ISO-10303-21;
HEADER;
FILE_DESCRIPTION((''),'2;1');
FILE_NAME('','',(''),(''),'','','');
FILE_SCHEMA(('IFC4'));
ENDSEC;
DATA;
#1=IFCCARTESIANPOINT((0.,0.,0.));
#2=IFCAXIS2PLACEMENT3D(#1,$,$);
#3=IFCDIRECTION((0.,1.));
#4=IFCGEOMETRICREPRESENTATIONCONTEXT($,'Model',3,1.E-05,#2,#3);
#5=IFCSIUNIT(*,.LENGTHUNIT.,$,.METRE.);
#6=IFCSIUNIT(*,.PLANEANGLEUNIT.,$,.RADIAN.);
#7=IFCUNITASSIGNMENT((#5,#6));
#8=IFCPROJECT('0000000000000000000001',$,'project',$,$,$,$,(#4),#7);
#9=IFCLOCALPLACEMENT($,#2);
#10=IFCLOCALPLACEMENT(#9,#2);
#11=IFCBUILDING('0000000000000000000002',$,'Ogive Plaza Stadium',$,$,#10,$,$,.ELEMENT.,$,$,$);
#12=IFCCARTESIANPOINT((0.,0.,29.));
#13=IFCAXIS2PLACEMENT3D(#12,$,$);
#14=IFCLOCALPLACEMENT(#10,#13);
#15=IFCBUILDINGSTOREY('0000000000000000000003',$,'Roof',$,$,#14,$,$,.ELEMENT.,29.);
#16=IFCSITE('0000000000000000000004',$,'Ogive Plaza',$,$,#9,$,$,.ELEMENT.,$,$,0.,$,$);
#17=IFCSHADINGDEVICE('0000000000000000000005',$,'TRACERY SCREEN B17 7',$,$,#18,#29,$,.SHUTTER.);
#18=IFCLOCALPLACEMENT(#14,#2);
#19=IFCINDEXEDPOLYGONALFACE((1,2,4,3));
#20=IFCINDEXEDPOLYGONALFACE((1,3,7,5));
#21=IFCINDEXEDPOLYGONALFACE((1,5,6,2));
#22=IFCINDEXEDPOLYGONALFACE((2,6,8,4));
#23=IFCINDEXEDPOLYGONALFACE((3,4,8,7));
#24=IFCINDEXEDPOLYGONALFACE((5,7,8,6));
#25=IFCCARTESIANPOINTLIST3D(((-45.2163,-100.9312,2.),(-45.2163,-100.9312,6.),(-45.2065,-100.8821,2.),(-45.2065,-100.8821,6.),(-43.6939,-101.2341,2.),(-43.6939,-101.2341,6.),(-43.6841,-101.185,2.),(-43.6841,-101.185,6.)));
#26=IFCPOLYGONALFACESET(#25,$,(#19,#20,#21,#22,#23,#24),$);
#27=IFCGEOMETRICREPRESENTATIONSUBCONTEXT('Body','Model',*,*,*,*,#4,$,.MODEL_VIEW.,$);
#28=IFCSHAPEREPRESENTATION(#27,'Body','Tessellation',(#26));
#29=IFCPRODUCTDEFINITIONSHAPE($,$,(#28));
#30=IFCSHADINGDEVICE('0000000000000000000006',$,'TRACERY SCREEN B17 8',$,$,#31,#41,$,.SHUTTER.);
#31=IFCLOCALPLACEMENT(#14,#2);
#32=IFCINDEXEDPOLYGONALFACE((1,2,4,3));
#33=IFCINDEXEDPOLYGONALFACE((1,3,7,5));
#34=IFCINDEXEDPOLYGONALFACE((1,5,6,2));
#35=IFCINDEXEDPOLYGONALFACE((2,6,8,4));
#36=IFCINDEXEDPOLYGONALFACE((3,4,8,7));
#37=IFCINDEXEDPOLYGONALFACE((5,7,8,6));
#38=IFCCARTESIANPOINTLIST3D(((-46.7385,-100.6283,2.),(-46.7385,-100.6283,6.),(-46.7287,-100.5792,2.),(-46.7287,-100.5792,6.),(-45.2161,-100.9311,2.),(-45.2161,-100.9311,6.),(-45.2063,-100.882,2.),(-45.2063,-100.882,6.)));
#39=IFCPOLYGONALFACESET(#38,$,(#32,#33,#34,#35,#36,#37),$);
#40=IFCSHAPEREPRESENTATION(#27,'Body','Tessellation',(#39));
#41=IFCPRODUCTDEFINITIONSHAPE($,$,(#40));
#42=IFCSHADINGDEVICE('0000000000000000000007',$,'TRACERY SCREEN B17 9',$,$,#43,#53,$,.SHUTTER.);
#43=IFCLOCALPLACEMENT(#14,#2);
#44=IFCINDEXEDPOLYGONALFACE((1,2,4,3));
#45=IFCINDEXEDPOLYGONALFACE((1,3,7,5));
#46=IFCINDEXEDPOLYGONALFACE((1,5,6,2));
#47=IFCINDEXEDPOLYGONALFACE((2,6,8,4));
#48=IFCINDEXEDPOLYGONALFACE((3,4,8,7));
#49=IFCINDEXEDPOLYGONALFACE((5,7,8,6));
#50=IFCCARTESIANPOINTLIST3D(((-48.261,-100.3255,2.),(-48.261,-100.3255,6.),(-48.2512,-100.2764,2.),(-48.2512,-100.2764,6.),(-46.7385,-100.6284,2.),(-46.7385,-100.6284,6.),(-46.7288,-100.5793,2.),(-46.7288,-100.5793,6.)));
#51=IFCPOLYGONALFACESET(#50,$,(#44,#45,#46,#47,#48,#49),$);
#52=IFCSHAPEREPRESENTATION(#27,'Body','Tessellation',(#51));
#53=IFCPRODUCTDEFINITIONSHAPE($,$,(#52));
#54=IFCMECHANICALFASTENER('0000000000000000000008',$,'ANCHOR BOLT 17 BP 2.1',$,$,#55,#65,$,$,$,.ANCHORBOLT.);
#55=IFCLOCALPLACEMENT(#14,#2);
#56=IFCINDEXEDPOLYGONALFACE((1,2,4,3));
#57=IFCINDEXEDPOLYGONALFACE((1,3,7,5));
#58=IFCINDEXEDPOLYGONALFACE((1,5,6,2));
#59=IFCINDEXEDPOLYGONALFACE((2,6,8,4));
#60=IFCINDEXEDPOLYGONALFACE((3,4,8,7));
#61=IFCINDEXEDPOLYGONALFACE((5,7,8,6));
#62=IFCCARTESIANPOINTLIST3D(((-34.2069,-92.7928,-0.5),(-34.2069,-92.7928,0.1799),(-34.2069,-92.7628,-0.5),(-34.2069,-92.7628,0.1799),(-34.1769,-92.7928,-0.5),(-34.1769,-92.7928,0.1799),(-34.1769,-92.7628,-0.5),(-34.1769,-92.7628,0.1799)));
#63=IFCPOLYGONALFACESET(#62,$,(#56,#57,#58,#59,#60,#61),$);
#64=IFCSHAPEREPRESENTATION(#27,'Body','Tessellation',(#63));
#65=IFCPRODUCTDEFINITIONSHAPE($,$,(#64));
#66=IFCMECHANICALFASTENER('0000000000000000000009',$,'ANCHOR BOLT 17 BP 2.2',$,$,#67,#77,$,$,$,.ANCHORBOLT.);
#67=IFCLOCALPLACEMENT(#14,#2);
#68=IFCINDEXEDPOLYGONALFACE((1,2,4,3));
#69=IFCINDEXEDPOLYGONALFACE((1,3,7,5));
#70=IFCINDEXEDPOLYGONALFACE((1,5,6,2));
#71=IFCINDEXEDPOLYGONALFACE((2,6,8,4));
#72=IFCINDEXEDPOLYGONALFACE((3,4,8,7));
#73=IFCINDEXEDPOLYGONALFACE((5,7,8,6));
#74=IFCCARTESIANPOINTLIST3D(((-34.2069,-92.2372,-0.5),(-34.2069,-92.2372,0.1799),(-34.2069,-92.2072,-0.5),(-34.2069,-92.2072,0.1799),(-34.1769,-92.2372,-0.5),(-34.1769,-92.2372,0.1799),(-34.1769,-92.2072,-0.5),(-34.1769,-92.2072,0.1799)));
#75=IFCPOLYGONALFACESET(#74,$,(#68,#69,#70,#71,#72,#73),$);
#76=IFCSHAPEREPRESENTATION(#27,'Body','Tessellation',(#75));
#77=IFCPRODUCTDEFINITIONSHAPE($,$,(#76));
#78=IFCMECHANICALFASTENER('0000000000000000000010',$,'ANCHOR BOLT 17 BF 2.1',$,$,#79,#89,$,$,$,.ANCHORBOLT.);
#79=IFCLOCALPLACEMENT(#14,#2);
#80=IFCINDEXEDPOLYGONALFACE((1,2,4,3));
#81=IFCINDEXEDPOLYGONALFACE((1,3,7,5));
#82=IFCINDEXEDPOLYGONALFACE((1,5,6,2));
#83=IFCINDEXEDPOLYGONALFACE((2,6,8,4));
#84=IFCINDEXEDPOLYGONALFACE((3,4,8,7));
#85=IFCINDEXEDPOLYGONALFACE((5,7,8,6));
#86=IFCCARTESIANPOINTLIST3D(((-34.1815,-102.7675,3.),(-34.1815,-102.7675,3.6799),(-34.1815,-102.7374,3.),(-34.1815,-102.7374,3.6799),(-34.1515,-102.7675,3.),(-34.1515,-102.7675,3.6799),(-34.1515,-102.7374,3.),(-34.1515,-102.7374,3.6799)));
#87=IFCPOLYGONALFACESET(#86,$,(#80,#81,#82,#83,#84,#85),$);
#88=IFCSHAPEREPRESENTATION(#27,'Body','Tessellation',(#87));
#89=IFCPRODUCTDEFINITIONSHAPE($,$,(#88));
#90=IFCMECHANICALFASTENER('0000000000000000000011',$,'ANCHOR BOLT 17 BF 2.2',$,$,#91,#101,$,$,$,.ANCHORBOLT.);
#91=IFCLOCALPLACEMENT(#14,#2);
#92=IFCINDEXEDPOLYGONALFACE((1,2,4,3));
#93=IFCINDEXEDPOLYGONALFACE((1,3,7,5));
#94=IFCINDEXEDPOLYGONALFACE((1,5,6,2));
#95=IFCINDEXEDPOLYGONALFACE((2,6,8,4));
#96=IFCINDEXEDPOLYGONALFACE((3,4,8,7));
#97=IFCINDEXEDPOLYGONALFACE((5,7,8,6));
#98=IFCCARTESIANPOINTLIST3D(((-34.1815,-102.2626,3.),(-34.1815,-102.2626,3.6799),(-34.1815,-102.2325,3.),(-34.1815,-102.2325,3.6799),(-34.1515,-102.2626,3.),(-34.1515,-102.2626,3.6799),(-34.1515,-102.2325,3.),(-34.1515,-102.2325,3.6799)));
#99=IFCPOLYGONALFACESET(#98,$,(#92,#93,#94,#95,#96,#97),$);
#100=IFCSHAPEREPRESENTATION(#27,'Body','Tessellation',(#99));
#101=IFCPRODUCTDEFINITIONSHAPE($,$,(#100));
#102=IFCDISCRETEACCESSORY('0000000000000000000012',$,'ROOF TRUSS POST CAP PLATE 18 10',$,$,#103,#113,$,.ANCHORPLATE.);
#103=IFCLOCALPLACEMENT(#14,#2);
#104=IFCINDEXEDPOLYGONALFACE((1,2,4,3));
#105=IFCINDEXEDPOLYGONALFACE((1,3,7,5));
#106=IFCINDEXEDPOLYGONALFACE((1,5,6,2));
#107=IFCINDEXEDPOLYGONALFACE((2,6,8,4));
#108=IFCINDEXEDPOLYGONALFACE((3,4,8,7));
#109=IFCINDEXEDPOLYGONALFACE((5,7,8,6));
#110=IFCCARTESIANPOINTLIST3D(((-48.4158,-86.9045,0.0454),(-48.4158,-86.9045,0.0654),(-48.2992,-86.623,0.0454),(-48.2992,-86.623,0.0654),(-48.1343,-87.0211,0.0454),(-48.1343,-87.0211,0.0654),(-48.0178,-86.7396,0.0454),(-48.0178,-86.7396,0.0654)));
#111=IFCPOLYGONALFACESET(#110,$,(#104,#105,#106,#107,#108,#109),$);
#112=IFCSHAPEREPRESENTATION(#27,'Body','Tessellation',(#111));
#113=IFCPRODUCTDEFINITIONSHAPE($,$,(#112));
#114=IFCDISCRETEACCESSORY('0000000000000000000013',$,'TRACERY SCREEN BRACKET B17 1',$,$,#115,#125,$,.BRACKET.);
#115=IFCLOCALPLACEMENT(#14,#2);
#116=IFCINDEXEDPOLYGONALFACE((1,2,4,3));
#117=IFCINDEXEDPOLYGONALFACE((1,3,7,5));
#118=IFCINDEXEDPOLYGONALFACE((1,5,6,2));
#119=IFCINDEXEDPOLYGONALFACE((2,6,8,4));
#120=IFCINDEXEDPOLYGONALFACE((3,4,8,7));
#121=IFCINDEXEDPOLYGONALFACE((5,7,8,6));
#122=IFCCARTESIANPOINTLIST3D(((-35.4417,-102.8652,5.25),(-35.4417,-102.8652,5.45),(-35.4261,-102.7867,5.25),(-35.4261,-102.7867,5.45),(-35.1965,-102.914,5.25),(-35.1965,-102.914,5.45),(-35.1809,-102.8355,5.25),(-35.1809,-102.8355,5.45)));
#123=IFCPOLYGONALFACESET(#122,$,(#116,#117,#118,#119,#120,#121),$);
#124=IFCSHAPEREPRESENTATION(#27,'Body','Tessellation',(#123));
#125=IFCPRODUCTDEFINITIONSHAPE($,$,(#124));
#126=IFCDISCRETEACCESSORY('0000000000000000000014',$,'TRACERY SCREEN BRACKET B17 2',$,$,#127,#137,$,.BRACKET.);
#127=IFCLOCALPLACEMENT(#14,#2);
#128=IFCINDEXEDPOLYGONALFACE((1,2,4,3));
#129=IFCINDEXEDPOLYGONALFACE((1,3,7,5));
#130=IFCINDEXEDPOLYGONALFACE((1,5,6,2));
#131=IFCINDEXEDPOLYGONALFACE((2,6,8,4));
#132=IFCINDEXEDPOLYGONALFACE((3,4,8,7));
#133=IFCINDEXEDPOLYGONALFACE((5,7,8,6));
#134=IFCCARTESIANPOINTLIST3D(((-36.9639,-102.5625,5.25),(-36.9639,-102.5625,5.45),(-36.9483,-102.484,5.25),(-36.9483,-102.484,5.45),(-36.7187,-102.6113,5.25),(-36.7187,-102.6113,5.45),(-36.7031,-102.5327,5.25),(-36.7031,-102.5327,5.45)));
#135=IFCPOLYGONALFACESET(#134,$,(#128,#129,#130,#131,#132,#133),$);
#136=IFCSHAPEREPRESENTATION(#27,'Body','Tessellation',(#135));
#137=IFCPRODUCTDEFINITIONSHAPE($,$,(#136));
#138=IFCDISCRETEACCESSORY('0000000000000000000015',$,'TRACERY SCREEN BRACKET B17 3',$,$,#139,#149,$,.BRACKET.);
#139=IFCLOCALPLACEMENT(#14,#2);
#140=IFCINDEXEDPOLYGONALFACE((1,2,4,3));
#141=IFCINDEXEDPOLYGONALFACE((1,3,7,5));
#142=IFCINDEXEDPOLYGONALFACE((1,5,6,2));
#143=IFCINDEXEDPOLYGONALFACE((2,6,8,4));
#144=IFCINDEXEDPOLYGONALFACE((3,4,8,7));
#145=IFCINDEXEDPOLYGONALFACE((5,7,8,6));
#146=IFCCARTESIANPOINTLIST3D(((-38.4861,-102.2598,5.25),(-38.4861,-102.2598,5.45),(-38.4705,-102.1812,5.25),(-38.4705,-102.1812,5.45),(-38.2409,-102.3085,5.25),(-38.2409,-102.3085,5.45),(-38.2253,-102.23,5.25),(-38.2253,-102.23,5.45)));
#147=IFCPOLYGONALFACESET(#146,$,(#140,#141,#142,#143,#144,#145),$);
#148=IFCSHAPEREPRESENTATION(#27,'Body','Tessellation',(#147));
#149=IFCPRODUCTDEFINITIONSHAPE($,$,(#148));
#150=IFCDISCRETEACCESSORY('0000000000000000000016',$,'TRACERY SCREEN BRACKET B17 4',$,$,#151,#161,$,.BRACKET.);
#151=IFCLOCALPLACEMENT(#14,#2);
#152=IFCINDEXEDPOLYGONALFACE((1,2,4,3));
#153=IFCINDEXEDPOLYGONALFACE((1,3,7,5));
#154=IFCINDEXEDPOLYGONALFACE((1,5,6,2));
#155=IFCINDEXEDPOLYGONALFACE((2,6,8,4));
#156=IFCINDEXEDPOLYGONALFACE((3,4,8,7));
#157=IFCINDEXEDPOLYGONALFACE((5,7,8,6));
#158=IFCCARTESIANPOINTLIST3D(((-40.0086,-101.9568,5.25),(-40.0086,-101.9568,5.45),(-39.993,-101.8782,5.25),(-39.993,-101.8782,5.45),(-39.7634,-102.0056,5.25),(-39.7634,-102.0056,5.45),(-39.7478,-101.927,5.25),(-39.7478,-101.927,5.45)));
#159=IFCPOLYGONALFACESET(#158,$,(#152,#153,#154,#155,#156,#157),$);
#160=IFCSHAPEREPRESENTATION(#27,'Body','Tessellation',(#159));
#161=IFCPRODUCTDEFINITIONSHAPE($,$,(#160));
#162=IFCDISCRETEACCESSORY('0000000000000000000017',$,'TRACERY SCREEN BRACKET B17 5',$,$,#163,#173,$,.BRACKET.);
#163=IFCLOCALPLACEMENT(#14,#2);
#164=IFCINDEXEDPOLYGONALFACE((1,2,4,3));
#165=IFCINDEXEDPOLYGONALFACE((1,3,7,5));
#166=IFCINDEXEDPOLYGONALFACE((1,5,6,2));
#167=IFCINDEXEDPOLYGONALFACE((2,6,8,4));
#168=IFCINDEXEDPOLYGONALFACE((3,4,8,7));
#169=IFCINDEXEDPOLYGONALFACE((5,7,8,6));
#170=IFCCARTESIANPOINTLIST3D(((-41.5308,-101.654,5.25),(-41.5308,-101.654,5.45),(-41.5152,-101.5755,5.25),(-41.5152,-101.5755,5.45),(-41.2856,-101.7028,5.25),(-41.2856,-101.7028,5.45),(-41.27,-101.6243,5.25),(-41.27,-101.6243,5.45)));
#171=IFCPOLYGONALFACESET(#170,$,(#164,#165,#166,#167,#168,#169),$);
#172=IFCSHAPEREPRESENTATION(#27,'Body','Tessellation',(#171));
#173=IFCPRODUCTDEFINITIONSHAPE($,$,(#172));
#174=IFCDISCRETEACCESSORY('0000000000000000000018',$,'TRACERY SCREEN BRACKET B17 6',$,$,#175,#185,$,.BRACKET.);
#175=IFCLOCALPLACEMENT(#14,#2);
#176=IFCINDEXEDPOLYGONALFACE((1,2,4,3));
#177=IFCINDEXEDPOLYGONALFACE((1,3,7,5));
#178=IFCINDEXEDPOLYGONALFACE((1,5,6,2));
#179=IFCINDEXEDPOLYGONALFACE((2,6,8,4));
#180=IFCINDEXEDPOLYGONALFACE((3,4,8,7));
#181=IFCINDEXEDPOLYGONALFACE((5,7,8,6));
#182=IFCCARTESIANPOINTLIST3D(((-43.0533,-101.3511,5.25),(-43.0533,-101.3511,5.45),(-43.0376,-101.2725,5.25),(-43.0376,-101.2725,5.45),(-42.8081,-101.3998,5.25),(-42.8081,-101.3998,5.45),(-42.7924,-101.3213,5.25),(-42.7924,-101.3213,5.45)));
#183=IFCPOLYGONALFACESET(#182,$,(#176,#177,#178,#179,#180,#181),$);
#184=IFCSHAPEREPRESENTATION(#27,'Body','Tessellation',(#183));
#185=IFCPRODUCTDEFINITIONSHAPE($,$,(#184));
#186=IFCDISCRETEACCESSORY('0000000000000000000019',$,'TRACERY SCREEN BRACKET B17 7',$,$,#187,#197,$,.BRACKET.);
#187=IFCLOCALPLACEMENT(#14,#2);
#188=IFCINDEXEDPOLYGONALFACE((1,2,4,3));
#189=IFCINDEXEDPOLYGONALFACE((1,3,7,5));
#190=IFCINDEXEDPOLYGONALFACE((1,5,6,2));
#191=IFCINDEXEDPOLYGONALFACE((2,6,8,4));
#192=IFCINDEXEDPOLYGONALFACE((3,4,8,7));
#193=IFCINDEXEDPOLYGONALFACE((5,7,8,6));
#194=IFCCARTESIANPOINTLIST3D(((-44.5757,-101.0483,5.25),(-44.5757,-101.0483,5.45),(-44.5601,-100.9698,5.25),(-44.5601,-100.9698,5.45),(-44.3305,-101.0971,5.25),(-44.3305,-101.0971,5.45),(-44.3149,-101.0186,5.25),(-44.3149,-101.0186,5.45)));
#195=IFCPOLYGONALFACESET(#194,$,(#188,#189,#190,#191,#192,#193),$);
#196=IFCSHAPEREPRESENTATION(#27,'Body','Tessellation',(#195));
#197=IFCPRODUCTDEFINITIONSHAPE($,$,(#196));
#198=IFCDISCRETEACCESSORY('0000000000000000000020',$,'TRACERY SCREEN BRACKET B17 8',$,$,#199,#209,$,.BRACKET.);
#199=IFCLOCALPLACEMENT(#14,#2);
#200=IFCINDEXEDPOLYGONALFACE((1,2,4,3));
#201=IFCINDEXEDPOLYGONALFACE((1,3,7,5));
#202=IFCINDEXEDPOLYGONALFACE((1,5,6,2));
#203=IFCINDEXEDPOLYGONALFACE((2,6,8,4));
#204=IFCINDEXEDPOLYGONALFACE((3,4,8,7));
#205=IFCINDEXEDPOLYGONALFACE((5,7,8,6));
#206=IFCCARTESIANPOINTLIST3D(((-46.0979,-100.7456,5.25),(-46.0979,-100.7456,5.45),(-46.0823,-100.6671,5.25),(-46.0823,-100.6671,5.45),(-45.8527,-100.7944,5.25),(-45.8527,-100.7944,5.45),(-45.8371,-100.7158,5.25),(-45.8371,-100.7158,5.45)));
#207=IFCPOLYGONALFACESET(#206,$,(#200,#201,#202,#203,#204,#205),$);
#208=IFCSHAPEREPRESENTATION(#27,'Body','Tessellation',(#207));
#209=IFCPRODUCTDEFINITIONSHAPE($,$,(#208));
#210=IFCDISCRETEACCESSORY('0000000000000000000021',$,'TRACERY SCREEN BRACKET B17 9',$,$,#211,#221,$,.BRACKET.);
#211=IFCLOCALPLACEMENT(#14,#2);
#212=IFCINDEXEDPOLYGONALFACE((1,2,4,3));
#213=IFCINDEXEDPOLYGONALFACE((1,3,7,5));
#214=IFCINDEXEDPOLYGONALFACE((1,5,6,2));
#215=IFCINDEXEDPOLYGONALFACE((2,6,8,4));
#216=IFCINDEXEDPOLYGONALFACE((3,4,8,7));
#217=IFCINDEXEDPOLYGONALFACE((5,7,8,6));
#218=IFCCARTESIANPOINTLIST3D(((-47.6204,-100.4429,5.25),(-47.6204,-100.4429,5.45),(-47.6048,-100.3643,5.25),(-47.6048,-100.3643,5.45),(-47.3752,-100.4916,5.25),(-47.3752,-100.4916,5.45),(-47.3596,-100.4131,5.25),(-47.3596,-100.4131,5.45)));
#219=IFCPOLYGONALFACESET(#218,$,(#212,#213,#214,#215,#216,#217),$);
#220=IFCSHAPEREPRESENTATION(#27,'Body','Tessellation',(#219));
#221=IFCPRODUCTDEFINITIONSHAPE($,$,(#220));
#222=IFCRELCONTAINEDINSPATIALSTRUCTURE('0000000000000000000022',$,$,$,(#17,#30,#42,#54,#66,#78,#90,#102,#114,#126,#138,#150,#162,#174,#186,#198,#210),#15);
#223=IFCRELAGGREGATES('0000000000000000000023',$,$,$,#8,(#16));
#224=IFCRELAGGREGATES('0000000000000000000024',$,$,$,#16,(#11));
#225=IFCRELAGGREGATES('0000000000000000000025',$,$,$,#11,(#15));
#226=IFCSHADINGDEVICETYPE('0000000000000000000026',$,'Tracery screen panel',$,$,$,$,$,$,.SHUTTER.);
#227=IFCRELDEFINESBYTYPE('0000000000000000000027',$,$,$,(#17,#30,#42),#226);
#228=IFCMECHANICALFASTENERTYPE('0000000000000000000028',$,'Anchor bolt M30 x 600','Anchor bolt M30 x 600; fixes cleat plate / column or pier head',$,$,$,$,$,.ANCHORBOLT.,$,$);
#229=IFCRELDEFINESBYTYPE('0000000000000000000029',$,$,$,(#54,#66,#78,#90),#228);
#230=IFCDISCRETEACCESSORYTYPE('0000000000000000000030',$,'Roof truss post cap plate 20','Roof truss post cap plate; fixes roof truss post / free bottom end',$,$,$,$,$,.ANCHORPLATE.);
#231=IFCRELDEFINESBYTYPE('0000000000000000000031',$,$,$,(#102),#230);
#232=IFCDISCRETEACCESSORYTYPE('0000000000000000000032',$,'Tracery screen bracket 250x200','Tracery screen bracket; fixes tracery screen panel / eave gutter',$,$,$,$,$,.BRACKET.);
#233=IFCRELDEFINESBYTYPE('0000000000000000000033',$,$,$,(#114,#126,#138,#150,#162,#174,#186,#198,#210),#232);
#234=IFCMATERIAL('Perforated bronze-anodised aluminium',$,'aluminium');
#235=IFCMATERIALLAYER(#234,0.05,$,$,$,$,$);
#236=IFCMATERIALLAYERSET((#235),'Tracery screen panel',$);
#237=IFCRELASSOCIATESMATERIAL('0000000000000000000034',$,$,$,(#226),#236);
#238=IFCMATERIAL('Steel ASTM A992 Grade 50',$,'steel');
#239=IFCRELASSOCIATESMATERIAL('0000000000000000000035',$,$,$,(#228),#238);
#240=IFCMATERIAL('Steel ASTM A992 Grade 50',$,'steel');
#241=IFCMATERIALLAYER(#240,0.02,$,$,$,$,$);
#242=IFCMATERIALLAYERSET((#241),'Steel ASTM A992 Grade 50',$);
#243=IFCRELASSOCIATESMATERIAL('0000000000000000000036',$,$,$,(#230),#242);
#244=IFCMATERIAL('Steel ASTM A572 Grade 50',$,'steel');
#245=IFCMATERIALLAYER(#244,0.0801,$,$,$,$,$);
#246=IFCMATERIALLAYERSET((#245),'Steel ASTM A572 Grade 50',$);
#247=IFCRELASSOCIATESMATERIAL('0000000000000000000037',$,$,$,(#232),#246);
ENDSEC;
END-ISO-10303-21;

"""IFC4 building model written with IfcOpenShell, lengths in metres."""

from ifc_helpers import new_model, si_unit, direction, frame, origin, origin_2d, place, context, subcontext, project, spatial, rectangle, extrude, material, layer, layer_set, type_object, element, save


model = new_model("IFC4")

# Units and contexts
model_context = context("Model", 3, precision=1e-05, world=origin(), true_north=direction((0.0, 1.0)))
body_context = subcontext(model_context, "Body", "Model", "MODEL_VIEW")
ifc_project = project(units=[si_unit("LENGTHUNIT", "METRE"), si_unit("PLANEANGLEUNIT", "RADIAN")], contexts=[model_context])

# Site, building, storey
site_placement = place(None, origin())
site = spatial("IfcSite", under=ifc_project, at=site_placement, Name="Ogive Plaza", CompositionType="ELEMENT", RefElevation=0.0)
building_placement = place(site_placement, origin())
building = spatial("IfcBuilding", under=site, at=building_placement, Name="Ogive Plaza Stadium", CompositionType="ELEMENT")
storey_placement = place(building_placement, frame((0.0, 0.0, 29.0)))
storey = spatial("IfcBuildingStorey", under=building, at=storey_placement, Name="Roof", CompositionType="ELEMENT", Elevation=29.0)

# Shading devices
ifc_material_1 = material(Name="Perforated bronze-anodised aluminium", Category="aluminium")
ifc_layer_1 = layer(ifc_material_1, 0.05)
ifc_layer_set_1 = layer_set([ifc_layer_1], Name="Tracery screen panel")
shading_device_type = type_object("IfcShadingDeviceType", Name="Tracery screen panel", PredefinedType="SHUTTER", material=ifc_layer_set_1)
for number, where, z_axis, x_axis, name in (
    (1, (-44.4502, -101.0581, 2.0), (0.0, 0.0, 1.0), (-0.980785, 0.19509, 0.0), "TRACERY SCREEN B17 7"),
    (2, (-45.9724, -100.7551, 2.0), (0.0, 0.0, 1.0), (-0.980785, 0.19509, 0.0), "TRACERY SCREEN B17 8"),
    (3, (-47.4949, -100.4524, 2.0), (0.0, 0.0, 1.0), (-0.980785, 0.19509, 0.0), "TRACERY SCREEN B17 9"),
):
    element("IfcShadingDevice", number, at=place(storey_placement, frame(where, z_axis=z_axis, x_axis=x_axis)), inside=storey, type_object=shading_device_type, Name=name, PredefinedType="SHUTTER", context=body_context, shape_type="SweptSolid", body=[
        extrude(rectangle(XDim=1.5522, YDim=0.05, at=origin_2d()), origin(), (0.0, 0.0, 1.0), 4.0),
    ])

# Mechanical fasteners
ifc_material_2 = material(Name="Steel ASTM A992 Grade 50", Category="steel")
mechanical_fastener_type = type_object("IfcMechanicalFastenerType", Name="Anchor bolt M30 x 600", Description="Anchor bolt M30 x 600; fixes cleat plate / column or pier head", PredefinedType="ANCHORBOLT", material=ifc_material_2)
for number, where, z_axis, x_axis, name in (
    (4, (-34.1919, -92.7778, -0.5), (0.0, 0.0, 1.0), (0.0, -1.0, 0.0), "ANCHOR BOLT 17 BP 2.1"),
    (5, (-34.1919, -92.2222, -0.5), (0.0, 0.0, 1.0), (0.0, -1.0, 0.0), "ANCHOR BOLT 17 BP 2.2"),
    (6, (-34.1665, -102.7524, 3.0), (0.0, 0.0, 1.0), (0.0, -1.0, 0.0), "ANCHOR BOLT 17 BF 2.1"),
    (7, (-34.1665, -102.2476, 3.0), (0.0, 0.0, 1.0), (0.0, -1.0, 0.0), "ANCHOR BOLT 17 BF 2.2"),
):
    element("IfcMechanicalFastener", number, at=place(storey_placement, frame(where, z_axis=z_axis, x_axis=x_axis)), inside=storey, type_object=mechanical_fastener_type, Name=name, PredefinedType="ANCHORBOLT", context=body_context, shape_type="SweptSolid", body=[
        extrude(rectangle(XDim=0.03, YDim=0.03, at=origin_2d()), origin(), (0.0, 0.0, 1.0), 0.6799),
    ])

# Discrete accessories
ifc_material_3 = material(Name="Steel ASTM A992 Grade 50", Category="steel")
ifc_layer_2 = layer(ifc_material_3, 0.02)
ifc_layer_set_2 = layer_set([ifc_layer_2], Name="Steel ASTM A992 Grade 50")
discrete_accessory_type_1 = type_object("IfcDiscreteAccessoryType", Name="Roof truss post cap plate 20", Description="Roof truss post cap plate; fixes roof truss post / free bottom end", PredefinedType="ANCHORPLATE", material=ifc_layer_set_2)
discrete_accessory_1_placement = place(storey_placement, frame((-48.2168, -86.822, 0.0454), z_axis=(0.0, 0.0, 1.0), x_axis=(-0.382683, -0.92388, 0.0)))
element("IfcDiscreteAccessory", 8, at=discrete_accessory_1_placement, inside=storey, type_object=discrete_accessory_type_1, Name="ROOF TRUSS POST CAP PLATE 18 10", PredefinedType="ANCHORPLATE", context=body_context, shape_type="SweptSolid", body=[
    extrude(rectangle(XDim=0.3047, YDim=0.3047, at=origin_2d()), origin(), (0.0, 0.0, 1.0), 0.02),
])
ifc_material_4 = material(Name="Steel ASTM A572 Grade 50", Category="steel")
ifc_layer_3 = layer(ifc_material_4, 0.0801)
ifc_layer_set_3 = layer_set([ifc_layer_3], Name="Steel ASTM A572 Grade 50")
discrete_accessory_type_2 = type_object("IfcDiscreteAccessoryType", Name="Tracery screen bracket 250x200", Description="Tracery screen bracket; fixes tracery screen panel / eave gutter", PredefinedType="BRACKET", material=ifc_layer_set_3)
for number, where, z_axis, x_axis, name in (
    (9, (-35.3113, -102.8503, 5.25), (0.0, 0.0, 1.0), (-0.980785, 0.19509, 0.0), "TRACERY SCREEN BRACKET B17 1"),
    (10, (-36.8335, -102.5476, 5.25), (0.0, 0.0, 1.0), (-0.980785, 0.19509, 0.0), "TRACERY SCREEN BRACKET B17 2"),
    (11, (-38.3557, -102.2449, 5.25), (0.0, 0.0, 1.0), (-0.980785, 0.19509, 0.0), "TRACERY SCREEN BRACKET B17 3"),
    (12, (-39.8782, -101.9419, 5.25), (0.0, 0.0, 1.0), (-0.980785, 0.19509, 0.0), "TRACERY SCREEN BRACKET B17 4"),
    (13, (-41.4004, -101.6392, 5.25), (0.0, 0.0, 1.0), (-0.980785, 0.19509, 0.0), "TRACERY SCREEN BRACKET B17 5"),
    (14, (-42.9229, -101.3362, 5.25), (0.0, 0.0, 1.0), (-0.980785, 0.19509, 0.0), "TRACERY SCREEN BRACKET B17 6"),
    (15, (-44.4453, -101.0334, 5.25), (0.0, 0.0, 1.0), (-0.980785, 0.19509, 0.0), "TRACERY SCREEN BRACKET B17 7"),
    (16, (-45.9675, -100.7307, 5.25), (0.0, 0.0, 1.0), (-0.980785, 0.19509, 0.0), "TRACERY SCREEN BRACKET B17 8"),
    (17, (-47.49, -100.428, 5.25), (0.0, 0.0, 1.0), (-0.980785, 0.19509, 0.0), "TRACERY SCREEN BRACKET B17 9"),
):
    element("IfcDiscreteAccessory", number, at=place(storey_placement, frame(where, z_axis=z_axis, x_axis=x_axis)), inside=storey, type_object=discrete_accessory_type_2, Name=name, PredefinedType="BRACKET", context=body_context, shape_type="SweptSolid", body=[
        extrude(rectangle(XDim=0.25, YDim=0.0801, at=origin_2d()), origin(), (0.0, 0.0, 1.0), 0.2),
    ])

save(model, "model.ifc")
